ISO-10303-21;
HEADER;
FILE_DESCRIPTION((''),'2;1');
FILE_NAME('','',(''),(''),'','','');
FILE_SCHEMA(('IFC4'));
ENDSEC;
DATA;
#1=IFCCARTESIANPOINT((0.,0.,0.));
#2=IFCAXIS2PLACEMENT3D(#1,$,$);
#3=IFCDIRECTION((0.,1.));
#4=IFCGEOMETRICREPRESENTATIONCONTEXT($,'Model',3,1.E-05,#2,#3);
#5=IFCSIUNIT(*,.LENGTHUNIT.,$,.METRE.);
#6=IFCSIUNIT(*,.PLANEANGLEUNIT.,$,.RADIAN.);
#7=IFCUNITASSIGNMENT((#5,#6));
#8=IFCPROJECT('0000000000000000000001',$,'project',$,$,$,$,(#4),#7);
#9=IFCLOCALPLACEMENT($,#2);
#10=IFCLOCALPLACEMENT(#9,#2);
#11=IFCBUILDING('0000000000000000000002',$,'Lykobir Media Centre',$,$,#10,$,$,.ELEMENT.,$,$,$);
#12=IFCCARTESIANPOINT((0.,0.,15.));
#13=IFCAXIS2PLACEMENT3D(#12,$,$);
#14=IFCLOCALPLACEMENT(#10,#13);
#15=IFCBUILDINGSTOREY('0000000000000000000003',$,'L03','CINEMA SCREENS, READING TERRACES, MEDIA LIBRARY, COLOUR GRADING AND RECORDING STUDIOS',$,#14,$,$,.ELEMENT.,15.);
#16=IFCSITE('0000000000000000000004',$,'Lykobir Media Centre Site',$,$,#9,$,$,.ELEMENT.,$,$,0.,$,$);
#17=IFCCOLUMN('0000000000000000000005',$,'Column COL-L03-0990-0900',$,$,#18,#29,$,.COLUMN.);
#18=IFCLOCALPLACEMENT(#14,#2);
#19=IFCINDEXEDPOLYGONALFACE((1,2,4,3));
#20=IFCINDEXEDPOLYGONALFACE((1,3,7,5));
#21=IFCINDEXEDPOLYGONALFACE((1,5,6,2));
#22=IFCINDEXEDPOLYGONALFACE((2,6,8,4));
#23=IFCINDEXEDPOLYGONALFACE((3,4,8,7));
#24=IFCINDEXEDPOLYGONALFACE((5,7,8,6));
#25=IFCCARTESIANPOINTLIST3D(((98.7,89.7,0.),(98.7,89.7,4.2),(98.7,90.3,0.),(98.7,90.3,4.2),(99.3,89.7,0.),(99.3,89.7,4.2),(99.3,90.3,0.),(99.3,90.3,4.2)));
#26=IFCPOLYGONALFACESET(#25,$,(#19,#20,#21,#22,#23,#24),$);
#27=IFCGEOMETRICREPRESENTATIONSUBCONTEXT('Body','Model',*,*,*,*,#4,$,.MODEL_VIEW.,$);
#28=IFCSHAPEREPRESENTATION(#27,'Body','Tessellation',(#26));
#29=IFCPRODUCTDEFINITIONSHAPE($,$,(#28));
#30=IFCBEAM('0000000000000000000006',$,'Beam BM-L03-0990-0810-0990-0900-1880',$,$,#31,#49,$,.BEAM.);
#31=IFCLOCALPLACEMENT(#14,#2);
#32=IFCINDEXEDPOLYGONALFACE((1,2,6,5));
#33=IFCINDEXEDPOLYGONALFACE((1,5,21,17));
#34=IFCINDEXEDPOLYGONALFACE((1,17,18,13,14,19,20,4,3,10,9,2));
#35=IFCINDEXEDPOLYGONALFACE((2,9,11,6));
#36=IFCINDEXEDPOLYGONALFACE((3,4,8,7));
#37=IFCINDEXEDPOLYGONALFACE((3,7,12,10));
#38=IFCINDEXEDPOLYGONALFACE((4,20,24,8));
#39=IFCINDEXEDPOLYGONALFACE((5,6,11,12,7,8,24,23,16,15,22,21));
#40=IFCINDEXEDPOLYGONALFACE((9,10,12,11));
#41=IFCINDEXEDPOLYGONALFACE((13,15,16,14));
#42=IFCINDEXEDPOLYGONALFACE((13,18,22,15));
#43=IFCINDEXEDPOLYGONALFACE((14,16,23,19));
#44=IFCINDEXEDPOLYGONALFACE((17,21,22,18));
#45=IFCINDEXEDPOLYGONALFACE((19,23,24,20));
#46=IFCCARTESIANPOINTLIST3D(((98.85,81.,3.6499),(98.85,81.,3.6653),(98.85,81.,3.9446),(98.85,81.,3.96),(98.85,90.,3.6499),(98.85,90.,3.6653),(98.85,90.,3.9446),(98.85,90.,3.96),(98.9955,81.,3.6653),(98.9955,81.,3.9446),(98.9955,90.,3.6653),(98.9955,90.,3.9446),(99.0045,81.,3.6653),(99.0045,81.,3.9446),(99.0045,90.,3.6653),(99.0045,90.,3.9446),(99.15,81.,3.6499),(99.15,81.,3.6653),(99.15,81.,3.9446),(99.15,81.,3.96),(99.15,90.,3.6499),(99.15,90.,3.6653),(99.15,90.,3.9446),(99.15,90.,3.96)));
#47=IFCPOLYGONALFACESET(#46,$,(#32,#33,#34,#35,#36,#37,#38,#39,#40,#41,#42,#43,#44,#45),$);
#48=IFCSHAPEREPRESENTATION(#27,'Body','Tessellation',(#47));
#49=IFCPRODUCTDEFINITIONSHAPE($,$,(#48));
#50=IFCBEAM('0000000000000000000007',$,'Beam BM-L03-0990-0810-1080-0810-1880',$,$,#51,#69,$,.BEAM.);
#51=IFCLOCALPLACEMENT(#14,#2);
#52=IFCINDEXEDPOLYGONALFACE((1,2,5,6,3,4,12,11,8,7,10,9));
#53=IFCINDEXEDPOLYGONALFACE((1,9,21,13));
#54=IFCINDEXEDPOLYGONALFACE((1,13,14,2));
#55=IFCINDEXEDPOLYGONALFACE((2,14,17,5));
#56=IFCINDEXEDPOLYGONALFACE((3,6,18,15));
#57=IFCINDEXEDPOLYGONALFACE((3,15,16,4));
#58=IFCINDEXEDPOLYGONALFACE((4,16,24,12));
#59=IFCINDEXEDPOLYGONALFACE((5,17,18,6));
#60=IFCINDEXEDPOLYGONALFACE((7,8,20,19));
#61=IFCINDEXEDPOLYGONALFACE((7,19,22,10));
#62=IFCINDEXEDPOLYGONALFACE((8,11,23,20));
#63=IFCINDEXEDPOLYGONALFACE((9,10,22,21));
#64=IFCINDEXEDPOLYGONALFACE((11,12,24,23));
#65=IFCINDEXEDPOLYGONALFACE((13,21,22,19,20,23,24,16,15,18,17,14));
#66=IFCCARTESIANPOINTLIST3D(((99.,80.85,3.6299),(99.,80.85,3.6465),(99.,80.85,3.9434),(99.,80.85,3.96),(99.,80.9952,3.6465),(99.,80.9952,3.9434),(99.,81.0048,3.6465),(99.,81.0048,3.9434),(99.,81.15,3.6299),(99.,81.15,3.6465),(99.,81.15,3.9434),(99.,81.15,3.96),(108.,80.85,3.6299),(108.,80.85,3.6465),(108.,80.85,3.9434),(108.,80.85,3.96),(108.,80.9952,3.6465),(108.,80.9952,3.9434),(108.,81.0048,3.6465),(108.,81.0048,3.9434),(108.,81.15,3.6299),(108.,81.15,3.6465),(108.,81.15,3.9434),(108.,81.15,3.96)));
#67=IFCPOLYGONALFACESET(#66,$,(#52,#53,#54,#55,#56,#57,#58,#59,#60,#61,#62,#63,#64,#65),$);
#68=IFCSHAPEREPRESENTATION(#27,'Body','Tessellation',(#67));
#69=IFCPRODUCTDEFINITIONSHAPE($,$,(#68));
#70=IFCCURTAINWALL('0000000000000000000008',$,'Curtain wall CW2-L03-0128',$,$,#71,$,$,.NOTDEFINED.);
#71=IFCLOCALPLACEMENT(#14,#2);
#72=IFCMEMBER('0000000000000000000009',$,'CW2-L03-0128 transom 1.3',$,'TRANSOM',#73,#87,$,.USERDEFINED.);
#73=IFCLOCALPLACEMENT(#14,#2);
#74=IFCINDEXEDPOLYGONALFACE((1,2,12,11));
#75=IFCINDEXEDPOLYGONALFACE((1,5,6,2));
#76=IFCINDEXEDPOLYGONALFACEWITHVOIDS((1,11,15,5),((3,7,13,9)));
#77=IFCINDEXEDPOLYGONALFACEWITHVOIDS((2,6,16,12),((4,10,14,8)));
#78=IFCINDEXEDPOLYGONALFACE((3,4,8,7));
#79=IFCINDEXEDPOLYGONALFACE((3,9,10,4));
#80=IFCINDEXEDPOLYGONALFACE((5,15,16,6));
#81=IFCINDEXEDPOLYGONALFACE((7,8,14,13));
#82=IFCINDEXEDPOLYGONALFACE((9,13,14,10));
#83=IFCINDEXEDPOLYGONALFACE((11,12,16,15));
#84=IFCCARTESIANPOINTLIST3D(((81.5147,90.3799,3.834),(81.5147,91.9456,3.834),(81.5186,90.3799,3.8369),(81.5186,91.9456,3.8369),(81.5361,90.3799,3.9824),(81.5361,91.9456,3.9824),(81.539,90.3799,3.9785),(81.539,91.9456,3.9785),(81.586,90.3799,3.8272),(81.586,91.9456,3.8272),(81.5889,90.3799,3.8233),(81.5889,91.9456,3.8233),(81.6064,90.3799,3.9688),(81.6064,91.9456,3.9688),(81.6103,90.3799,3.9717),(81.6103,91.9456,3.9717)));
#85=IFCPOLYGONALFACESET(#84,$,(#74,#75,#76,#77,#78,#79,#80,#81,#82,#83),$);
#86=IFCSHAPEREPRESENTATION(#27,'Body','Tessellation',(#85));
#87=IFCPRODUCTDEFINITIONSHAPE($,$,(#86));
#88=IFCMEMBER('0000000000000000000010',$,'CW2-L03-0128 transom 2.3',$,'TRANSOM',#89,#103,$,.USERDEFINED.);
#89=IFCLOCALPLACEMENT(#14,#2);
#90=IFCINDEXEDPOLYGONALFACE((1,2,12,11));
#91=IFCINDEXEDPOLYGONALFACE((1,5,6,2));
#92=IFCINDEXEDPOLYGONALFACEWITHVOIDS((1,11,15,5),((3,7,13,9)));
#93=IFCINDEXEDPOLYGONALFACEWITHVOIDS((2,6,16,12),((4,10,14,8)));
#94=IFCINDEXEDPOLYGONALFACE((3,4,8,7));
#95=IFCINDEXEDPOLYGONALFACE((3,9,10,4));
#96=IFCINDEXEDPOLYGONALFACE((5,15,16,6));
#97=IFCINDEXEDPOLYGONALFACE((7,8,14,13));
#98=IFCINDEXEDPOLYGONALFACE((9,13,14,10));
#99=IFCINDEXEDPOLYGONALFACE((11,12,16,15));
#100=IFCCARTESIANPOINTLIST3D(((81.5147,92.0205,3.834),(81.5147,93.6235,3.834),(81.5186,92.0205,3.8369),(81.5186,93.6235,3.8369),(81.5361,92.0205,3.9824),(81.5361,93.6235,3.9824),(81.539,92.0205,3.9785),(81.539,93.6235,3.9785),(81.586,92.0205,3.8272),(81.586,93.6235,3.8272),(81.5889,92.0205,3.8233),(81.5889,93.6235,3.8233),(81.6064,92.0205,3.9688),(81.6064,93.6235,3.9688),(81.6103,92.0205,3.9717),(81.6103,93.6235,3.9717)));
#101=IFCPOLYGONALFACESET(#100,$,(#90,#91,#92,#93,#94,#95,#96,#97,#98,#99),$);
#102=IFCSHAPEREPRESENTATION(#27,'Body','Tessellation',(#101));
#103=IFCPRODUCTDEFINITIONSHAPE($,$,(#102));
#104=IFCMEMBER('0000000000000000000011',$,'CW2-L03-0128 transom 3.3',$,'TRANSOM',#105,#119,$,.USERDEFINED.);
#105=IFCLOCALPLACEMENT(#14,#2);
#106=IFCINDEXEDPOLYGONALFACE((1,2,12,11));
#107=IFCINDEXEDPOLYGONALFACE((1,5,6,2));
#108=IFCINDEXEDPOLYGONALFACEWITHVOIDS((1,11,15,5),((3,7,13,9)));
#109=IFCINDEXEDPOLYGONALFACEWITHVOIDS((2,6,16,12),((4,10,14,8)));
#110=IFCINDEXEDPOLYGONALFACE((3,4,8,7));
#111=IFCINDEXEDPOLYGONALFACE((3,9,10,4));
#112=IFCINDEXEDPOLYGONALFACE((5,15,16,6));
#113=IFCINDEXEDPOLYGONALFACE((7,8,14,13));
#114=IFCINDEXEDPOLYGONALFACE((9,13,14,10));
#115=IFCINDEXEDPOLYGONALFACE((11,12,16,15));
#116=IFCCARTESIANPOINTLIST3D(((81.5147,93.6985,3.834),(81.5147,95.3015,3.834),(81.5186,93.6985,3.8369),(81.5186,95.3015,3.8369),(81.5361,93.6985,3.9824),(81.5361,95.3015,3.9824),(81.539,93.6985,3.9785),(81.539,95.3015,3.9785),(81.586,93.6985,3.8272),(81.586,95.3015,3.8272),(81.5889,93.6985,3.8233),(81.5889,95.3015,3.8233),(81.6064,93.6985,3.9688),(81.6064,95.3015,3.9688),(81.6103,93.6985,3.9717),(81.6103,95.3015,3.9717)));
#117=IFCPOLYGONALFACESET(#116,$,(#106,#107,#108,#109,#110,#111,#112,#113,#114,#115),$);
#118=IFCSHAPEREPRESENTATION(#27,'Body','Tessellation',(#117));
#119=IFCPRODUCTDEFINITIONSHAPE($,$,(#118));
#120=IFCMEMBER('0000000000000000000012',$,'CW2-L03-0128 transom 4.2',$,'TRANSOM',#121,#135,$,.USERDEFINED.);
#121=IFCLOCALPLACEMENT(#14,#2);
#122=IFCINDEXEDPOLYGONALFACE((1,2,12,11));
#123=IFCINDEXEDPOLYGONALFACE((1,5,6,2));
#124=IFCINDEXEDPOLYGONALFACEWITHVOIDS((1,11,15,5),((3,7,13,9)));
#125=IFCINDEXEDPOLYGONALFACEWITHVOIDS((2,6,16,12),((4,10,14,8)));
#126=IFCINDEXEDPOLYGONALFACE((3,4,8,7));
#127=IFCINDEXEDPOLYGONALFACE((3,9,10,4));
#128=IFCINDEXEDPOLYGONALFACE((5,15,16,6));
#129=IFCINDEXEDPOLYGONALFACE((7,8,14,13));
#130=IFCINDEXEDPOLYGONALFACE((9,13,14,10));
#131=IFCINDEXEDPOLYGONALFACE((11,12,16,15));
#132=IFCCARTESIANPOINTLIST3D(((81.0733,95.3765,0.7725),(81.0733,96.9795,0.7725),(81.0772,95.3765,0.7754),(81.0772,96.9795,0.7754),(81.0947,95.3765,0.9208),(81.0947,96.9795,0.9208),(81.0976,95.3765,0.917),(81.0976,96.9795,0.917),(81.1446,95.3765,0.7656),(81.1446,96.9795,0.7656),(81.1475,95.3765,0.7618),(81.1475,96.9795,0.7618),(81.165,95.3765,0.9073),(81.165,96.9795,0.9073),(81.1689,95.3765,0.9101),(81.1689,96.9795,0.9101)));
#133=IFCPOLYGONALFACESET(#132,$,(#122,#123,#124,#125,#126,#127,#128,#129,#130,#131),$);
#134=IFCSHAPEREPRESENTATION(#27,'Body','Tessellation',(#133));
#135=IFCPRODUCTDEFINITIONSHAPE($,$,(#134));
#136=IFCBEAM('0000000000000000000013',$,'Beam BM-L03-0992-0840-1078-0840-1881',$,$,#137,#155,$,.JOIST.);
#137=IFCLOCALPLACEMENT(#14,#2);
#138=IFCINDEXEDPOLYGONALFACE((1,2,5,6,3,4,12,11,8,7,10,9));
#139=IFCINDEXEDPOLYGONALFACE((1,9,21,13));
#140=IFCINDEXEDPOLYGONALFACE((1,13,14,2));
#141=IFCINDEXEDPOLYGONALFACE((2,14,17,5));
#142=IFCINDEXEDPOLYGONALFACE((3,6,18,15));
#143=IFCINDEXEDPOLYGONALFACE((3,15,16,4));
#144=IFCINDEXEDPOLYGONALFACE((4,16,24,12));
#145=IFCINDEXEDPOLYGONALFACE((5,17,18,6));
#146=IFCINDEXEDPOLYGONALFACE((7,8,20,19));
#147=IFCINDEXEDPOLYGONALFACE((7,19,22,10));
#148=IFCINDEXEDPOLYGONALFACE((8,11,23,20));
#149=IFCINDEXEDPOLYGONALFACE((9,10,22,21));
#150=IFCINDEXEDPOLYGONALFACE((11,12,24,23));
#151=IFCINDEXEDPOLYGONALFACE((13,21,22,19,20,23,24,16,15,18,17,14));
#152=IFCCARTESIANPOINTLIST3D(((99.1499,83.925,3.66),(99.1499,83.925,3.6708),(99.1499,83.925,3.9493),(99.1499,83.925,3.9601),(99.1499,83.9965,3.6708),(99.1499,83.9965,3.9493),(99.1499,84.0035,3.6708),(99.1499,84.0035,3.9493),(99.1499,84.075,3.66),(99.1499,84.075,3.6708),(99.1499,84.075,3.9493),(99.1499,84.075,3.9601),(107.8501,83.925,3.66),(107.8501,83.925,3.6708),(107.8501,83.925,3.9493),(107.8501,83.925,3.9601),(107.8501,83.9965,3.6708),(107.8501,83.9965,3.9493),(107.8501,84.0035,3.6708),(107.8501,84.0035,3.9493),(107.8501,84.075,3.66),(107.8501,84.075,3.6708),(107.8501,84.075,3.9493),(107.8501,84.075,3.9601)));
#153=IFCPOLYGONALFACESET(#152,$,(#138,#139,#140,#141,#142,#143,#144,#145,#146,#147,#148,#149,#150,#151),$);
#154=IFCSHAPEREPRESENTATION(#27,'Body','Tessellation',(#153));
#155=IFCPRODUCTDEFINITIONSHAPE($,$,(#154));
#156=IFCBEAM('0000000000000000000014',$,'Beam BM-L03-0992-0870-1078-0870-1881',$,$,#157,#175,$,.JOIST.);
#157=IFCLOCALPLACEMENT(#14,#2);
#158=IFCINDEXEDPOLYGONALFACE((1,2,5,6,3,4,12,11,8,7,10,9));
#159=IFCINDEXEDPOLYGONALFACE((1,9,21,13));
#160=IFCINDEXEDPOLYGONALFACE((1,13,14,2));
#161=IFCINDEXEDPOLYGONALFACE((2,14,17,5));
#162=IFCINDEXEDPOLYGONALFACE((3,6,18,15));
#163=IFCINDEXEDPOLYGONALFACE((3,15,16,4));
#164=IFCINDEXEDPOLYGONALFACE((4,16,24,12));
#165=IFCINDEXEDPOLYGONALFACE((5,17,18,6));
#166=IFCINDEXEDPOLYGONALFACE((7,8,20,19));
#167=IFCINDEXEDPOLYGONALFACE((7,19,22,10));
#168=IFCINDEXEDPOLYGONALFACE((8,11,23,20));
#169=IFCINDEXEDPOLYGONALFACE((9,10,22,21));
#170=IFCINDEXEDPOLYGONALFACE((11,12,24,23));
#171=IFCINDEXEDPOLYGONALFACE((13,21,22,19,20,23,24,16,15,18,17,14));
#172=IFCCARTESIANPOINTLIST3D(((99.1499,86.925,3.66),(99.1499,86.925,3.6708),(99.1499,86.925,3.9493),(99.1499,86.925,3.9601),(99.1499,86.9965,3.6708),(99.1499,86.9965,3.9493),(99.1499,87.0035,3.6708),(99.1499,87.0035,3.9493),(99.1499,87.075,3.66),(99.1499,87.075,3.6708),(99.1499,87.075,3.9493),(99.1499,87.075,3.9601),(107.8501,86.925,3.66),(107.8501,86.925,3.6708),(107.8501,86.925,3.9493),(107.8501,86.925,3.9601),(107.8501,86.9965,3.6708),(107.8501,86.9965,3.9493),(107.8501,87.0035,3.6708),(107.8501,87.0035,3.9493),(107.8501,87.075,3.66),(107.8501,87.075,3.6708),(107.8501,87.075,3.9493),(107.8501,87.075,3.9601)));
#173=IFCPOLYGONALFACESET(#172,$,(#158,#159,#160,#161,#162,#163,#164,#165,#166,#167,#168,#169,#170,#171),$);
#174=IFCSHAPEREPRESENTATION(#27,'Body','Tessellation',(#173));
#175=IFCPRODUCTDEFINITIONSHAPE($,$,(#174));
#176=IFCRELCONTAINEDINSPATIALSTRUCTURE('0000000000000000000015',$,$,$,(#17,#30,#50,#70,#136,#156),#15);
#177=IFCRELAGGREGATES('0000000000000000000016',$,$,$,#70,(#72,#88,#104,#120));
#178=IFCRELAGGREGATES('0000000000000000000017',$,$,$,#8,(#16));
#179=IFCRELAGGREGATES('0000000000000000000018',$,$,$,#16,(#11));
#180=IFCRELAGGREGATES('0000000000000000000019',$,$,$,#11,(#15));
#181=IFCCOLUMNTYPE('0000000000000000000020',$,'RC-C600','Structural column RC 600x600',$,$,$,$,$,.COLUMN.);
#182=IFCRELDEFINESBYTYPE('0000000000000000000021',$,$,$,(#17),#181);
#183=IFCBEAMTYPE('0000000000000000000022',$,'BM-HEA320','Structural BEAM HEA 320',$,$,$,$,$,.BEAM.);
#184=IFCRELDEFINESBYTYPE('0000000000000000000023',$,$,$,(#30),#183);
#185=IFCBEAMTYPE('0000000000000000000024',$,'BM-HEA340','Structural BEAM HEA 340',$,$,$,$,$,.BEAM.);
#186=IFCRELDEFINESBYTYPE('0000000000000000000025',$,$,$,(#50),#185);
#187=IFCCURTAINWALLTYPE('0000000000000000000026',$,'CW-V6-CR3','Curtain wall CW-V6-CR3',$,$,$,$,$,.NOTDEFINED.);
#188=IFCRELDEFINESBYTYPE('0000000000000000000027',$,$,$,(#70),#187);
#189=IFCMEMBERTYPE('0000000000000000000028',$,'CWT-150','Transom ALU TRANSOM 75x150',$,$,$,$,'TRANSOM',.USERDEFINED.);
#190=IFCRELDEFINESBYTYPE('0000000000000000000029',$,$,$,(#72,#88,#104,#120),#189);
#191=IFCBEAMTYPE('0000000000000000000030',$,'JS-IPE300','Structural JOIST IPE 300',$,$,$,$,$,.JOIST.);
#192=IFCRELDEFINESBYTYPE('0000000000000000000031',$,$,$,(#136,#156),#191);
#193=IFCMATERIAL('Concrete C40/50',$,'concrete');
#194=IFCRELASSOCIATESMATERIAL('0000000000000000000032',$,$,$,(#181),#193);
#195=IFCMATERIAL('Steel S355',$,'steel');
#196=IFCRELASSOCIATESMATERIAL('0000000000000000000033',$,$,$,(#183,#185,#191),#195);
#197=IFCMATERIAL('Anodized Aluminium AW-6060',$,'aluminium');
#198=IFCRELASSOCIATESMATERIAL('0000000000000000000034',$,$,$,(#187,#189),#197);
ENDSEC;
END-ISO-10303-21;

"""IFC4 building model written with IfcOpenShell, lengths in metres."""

from ifc_helpers import new_model, si_unit, direction, frame, origin, origin_2d, place, context, subcontext, project, spatial, rectangle, hollow_rectangle, i_section, extrude, material, material_profile, profile_set, type_object, element, aggregate, save


model = new_model("IFC4")

# Units and contexts
model_context = context("Model", 3, precision=1e-05, world=origin(), true_north=direction((0.0, 1.0)))
body_context = subcontext(model_context, "Body", "Model", "MODEL_VIEW")
ifc_project = project(units=[si_unit("LENGTHUNIT", "METRE"), si_unit("PLANEANGLEUNIT", "RADIAN")], contexts=[model_context])

# Site, building, storey
site_placement = place(None, origin())
site = spatial("IfcSite", under=ifc_project, at=site_placement, Name="Lykobir Media Centre Site", CompositionType="ELEMENT", RefElevation=0.0)
building_placement = place(site_placement, origin())
building = spatial("IfcBuilding", under=site, at=building_placement, Name="Lykobir Media Centre", CompositionType="ELEMENT")
storey_placement = place(building_placement, frame((0.0, 0.0, 15.0)))
storey = spatial("IfcBuildingStorey", under=building, at=storey_placement, Name="L03", Description="CINEMA SCREENS, READING TERRACES, MEDIA LIBRARY, COLOUR GRADING AND RECORDING STUDIOS", CompositionType="ELEMENT", Elevation=15.0)

# Column
ifc_material_1 = material(Name="Concrete C40/50", Category="concrete")
ifc_material_profile_1 = material_profile(ifc_material_1, rectangle(XDim=0.6001, YDim=0.6001, at=origin_2d()), Name="RC 600x600")
ifc_profile_set_1 = profile_set([ifc_material_profile_1], Name="Concrete C40/50")
column_type = type_object("IfcColumnType", Name="RC-C600", Description="Structural column RC 600x600", PredefinedType="COLUMN", material=ifc_profile_set_1)
column_placement = place(storey_placement, frame((99.0, 90.0, 0.0), z_axis=(0.0, 0.0, 1.0), x_axis=(1.0, 0.0, 0.0)))
element("IfcColumn", 1, at=column_placement, inside=storey, type_object=column_type, Name="Column COL-L03-0990-0900", PredefinedType="COLUMN", context=body_context, shape_type="SweptSolid", body=[
    extrude(rectangle(XDim=0.6001, YDim=0.6001, at=origin_2d()), origin(), (0.0, 0.0, 1.0), 4.2),
])

# Beams
ifc_material_2 = material(Name="Steel S355", Category="steel")
ifc_material_profile_2 = material_profile(ifc_material_2, i_section(OverallWidth=0.3, OverallDepth=0.3101, WebThickness=0.009, FlangeThickness=0.0154, at=origin_2d()), Name="HEA 320")
ifc_profile_set_2 = profile_set([ifc_material_profile_2], Name="Steel S355")
beam_type_1 = type_object("IfcBeamType", Name="BM-HEA320", Description="Structural BEAM HEA 320", PredefinedType="BEAM", material=ifc_profile_set_2)
beam_1_placement = place(storey_placement, frame((99.0, 81.0, 3.8049), z_axis=(0.0, 1.0, 0.0), x_axis=(-1.0, 0.0, 0.0)))
element("IfcBeam", 2, at=beam_1_placement, inside=storey, type_object=beam_type_1, Name="Beam BM-L03-0990-0810-0990-0900-1880", PredefinedType="BEAM", context=body_context, shape_type="SweptSolid", body=[
    extrude(i_section(OverallWidth=0.3, OverallDepth=0.3101, WebThickness=0.009, FlangeThickness=0.0154, at=origin_2d()), origin(), (0.0, 0.0, 1.0), 9.0),
])
ifc_material_profile_3 = material_profile(ifc_material_2, i_section(OverallWidth=0.3, OverallDepth=0.3301, WebThickness=0.0095, FlangeThickness=0.0166, at=origin_2d()), Name="HEA 340")
ifc_profile_set_3 = profile_set([ifc_material_profile_3], Name="Steel S355")
beam_type_2 = type_object("IfcBeamType", Name="BM-HEA340", Description="Structural BEAM HEA 340", PredefinedType="BEAM", material=ifc_profile_set_3)
beam_2_placement = place(storey_placement, frame((99.0, 81.0, 3.7949), z_axis=(1.0, 0.0, 0.0), x_axis=(0.0, 1.0, 0.0)))
element("IfcBeam", 3, at=beam_2_placement, inside=storey, type_object=beam_type_2, Name="Beam BM-L03-0990-0810-1080-0810-1880", PredefinedType="BEAM", context=body_context, shape_type="SweptSolid", body=[
    extrude(i_section(OverallWidth=0.3, OverallDepth=0.3301, WebThickness=0.0095, FlangeThickness=0.0166, at=origin_2d()), origin(), (0.0, 0.0, 1.0), 9.0),
])

# Curtain wall, members
ifc_material_3 = material(Name="Anodized Aluminium AW-6060", Category="aluminium")
curtain_wall_type = type_object("IfcCurtainWallType", Name="CW-V6-CR3", Description="Curtain wall CW-V6-CR3", PredefinedType="NOTDEFINED", material=ifc_material_3)
curtain_wall_placement = place(storey_placement, origin())
curtain_wall = element("IfcCurtainWall", 4, at=curtain_wall_placement, inside=storey, type_object=curtain_wall_type, Name="Curtain wall CW2-L03-0128", PredefinedType="NOTDEFINED")
ifc_material_profile_4 = material_profile(ifc_material_3, hollow_rectangle(XDim=0.075, YDim=0.1499, WallThickness=0.0034, at=origin_2d()), Name="ALU TRANSOM 75x150")
ifc_profile_set_4 = profile_set([ifc_material_profile_4], Name="Anodized Aluminium AW-6060")
member_type = type_object("IfcMemberType", Name="CWT-150", Description="Transom ALU TRANSOM 75x150", ElementType="TRANSOM", PredefinedType="USERDEFINED", material=ifc_profile_set_4)
member_1_placement = place(storey_placement, frame((81.5625, 90.3799, 3.9028), z_axis=(0.0, 1.0, 0.0), x_axis=(-0.989776, 0.0, 0.142629)))
member_1 = element("IfcMember", 5, at=member_1_placement, type_object=member_type, Name="CW2-L03-0128 transom 1.3", ObjectType="TRANSOM", PredefinedType="USERDEFINED", context=body_context, shape_type="SweptSolid", body=[
    extrude(hollow_rectangle(XDim=0.075, YDim=0.1499, WallThickness=0.0034, at=origin_2d()), origin(), (0.0, 0.0, 1.0), 1.5657),
])
member_2_placement = place(storey_placement, frame((81.5625, 92.0205, 3.9028), z_axis=(0.0, 1.0, 0.0), x_axis=(-0.989776, 0.0, 0.142629)))
member_2 = element("IfcMember", 6, at=member_2_placement, type_object=member_type, Name="CW2-L03-0128 transom 2.3", ObjectType="TRANSOM", PredefinedType="USERDEFINED", context=body_context, shape_type="SweptSolid", body=[
    extrude(hollow_rectangle(XDim=0.075, YDim=0.1499, WallThickness=0.0034, at=origin_2d()), origin(), (0.0, 0.0, 1.0), 1.603),
])
member_3_placement = place(storey_placement, frame((81.5625, 93.6985, 3.9028), z_axis=(0.0, 1.0, 0.0), x_axis=(-0.989776, 0.0, 0.142629)))
member_3 = element("IfcMember", 7, at=member_3_placement, type_object=member_type, Name="CW2-L03-0128 transom 3.3", ObjectType="TRANSOM", PredefinedType="USERDEFINED", context=body_context, shape_type="SweptSolid", body=[
    extrude(hollow_rectangle(XDim=0.075, YDim=0.1499, WallThickness=0.0034, at=origin_2d()), origin(), (0.0, 0.0, 1.0), 1.603),
])
member_4_placement = place(storey_placement, frame((81.1211, 95.3765, 0.8413), z_axis=(0.0, 1.0, 0.0), x_axis=(-0.989776, 0.0, 0.142629)))
member_4 = element("IfcMember", 8, at=member_4_placement, type_object=member_type, Name="CW2-L03-0128 transom 4.2", ObjectType="TRANSOM", PredefinedType="USERDEFINED", context=body_context, shape_type="SweptSolid", body=[
    extrude(hollow_rectangle(XDim=0.075, YDim=0.1499, WallThickness=0.0034, at=origin_2d()), origin(), (0.0, 0.0, 1.0), 1.603),
])

# Beams
ifc_material_profile_5 = material_profile(ifc_material_2, i_section(OverallWidth=0.1499, OverallDepth=0.3, WebThickness=0.0071, FlangeThickness=0.0107, at=origin_2d()), Name="IPE 300")
ifc_profile_set_5 = profile_set([ifc_material_profile_5], Name="Steel S355")
beam_type_3 = type_object("IfcBeamType", Name="JS-IPE300", Description="Structural JOIST IPE 300", PredefinedType="JOIST", material=ifc_profile_set_5)
for number, where, z_axis, x_axis, name in (
    (9, (99.1499, 84.0, 3.8101), (1.0, 0.0, 0.0), (0.0, 1.0, 0.0), "Beam BM-L03-0992-0840-1078-0840-1881"),
    (10, (99.1499, 87.0, 3.8101), (1.0, 0.0, 0.0), (0.0, 1.0, 0.0), "Beam BM-L03-0992-0870-1078-0870-1881"),
):
    element("IfcBeam", number, at=place(storey_placement, frame(where, z_axis=z_axis, x_axis=x_axis)), inside=storey, type_object=beam_type_3, Name=name, PredefinedType="JOIST", context=body_context, shape_type="SweptSolid", body=[
        extrude(i_section(OverallWidth=0.1499, OverallDepth=0.3, WebThickness=0.0071, FlangeThickness=0.0107, at=origin_2d()), origin(), (0.0, 0.0, 1.0), 8.7002),
    ])

aggregate(curtain_wall, [member_1, member_2, member_3, member_4])

save(model, "model.ifc")
